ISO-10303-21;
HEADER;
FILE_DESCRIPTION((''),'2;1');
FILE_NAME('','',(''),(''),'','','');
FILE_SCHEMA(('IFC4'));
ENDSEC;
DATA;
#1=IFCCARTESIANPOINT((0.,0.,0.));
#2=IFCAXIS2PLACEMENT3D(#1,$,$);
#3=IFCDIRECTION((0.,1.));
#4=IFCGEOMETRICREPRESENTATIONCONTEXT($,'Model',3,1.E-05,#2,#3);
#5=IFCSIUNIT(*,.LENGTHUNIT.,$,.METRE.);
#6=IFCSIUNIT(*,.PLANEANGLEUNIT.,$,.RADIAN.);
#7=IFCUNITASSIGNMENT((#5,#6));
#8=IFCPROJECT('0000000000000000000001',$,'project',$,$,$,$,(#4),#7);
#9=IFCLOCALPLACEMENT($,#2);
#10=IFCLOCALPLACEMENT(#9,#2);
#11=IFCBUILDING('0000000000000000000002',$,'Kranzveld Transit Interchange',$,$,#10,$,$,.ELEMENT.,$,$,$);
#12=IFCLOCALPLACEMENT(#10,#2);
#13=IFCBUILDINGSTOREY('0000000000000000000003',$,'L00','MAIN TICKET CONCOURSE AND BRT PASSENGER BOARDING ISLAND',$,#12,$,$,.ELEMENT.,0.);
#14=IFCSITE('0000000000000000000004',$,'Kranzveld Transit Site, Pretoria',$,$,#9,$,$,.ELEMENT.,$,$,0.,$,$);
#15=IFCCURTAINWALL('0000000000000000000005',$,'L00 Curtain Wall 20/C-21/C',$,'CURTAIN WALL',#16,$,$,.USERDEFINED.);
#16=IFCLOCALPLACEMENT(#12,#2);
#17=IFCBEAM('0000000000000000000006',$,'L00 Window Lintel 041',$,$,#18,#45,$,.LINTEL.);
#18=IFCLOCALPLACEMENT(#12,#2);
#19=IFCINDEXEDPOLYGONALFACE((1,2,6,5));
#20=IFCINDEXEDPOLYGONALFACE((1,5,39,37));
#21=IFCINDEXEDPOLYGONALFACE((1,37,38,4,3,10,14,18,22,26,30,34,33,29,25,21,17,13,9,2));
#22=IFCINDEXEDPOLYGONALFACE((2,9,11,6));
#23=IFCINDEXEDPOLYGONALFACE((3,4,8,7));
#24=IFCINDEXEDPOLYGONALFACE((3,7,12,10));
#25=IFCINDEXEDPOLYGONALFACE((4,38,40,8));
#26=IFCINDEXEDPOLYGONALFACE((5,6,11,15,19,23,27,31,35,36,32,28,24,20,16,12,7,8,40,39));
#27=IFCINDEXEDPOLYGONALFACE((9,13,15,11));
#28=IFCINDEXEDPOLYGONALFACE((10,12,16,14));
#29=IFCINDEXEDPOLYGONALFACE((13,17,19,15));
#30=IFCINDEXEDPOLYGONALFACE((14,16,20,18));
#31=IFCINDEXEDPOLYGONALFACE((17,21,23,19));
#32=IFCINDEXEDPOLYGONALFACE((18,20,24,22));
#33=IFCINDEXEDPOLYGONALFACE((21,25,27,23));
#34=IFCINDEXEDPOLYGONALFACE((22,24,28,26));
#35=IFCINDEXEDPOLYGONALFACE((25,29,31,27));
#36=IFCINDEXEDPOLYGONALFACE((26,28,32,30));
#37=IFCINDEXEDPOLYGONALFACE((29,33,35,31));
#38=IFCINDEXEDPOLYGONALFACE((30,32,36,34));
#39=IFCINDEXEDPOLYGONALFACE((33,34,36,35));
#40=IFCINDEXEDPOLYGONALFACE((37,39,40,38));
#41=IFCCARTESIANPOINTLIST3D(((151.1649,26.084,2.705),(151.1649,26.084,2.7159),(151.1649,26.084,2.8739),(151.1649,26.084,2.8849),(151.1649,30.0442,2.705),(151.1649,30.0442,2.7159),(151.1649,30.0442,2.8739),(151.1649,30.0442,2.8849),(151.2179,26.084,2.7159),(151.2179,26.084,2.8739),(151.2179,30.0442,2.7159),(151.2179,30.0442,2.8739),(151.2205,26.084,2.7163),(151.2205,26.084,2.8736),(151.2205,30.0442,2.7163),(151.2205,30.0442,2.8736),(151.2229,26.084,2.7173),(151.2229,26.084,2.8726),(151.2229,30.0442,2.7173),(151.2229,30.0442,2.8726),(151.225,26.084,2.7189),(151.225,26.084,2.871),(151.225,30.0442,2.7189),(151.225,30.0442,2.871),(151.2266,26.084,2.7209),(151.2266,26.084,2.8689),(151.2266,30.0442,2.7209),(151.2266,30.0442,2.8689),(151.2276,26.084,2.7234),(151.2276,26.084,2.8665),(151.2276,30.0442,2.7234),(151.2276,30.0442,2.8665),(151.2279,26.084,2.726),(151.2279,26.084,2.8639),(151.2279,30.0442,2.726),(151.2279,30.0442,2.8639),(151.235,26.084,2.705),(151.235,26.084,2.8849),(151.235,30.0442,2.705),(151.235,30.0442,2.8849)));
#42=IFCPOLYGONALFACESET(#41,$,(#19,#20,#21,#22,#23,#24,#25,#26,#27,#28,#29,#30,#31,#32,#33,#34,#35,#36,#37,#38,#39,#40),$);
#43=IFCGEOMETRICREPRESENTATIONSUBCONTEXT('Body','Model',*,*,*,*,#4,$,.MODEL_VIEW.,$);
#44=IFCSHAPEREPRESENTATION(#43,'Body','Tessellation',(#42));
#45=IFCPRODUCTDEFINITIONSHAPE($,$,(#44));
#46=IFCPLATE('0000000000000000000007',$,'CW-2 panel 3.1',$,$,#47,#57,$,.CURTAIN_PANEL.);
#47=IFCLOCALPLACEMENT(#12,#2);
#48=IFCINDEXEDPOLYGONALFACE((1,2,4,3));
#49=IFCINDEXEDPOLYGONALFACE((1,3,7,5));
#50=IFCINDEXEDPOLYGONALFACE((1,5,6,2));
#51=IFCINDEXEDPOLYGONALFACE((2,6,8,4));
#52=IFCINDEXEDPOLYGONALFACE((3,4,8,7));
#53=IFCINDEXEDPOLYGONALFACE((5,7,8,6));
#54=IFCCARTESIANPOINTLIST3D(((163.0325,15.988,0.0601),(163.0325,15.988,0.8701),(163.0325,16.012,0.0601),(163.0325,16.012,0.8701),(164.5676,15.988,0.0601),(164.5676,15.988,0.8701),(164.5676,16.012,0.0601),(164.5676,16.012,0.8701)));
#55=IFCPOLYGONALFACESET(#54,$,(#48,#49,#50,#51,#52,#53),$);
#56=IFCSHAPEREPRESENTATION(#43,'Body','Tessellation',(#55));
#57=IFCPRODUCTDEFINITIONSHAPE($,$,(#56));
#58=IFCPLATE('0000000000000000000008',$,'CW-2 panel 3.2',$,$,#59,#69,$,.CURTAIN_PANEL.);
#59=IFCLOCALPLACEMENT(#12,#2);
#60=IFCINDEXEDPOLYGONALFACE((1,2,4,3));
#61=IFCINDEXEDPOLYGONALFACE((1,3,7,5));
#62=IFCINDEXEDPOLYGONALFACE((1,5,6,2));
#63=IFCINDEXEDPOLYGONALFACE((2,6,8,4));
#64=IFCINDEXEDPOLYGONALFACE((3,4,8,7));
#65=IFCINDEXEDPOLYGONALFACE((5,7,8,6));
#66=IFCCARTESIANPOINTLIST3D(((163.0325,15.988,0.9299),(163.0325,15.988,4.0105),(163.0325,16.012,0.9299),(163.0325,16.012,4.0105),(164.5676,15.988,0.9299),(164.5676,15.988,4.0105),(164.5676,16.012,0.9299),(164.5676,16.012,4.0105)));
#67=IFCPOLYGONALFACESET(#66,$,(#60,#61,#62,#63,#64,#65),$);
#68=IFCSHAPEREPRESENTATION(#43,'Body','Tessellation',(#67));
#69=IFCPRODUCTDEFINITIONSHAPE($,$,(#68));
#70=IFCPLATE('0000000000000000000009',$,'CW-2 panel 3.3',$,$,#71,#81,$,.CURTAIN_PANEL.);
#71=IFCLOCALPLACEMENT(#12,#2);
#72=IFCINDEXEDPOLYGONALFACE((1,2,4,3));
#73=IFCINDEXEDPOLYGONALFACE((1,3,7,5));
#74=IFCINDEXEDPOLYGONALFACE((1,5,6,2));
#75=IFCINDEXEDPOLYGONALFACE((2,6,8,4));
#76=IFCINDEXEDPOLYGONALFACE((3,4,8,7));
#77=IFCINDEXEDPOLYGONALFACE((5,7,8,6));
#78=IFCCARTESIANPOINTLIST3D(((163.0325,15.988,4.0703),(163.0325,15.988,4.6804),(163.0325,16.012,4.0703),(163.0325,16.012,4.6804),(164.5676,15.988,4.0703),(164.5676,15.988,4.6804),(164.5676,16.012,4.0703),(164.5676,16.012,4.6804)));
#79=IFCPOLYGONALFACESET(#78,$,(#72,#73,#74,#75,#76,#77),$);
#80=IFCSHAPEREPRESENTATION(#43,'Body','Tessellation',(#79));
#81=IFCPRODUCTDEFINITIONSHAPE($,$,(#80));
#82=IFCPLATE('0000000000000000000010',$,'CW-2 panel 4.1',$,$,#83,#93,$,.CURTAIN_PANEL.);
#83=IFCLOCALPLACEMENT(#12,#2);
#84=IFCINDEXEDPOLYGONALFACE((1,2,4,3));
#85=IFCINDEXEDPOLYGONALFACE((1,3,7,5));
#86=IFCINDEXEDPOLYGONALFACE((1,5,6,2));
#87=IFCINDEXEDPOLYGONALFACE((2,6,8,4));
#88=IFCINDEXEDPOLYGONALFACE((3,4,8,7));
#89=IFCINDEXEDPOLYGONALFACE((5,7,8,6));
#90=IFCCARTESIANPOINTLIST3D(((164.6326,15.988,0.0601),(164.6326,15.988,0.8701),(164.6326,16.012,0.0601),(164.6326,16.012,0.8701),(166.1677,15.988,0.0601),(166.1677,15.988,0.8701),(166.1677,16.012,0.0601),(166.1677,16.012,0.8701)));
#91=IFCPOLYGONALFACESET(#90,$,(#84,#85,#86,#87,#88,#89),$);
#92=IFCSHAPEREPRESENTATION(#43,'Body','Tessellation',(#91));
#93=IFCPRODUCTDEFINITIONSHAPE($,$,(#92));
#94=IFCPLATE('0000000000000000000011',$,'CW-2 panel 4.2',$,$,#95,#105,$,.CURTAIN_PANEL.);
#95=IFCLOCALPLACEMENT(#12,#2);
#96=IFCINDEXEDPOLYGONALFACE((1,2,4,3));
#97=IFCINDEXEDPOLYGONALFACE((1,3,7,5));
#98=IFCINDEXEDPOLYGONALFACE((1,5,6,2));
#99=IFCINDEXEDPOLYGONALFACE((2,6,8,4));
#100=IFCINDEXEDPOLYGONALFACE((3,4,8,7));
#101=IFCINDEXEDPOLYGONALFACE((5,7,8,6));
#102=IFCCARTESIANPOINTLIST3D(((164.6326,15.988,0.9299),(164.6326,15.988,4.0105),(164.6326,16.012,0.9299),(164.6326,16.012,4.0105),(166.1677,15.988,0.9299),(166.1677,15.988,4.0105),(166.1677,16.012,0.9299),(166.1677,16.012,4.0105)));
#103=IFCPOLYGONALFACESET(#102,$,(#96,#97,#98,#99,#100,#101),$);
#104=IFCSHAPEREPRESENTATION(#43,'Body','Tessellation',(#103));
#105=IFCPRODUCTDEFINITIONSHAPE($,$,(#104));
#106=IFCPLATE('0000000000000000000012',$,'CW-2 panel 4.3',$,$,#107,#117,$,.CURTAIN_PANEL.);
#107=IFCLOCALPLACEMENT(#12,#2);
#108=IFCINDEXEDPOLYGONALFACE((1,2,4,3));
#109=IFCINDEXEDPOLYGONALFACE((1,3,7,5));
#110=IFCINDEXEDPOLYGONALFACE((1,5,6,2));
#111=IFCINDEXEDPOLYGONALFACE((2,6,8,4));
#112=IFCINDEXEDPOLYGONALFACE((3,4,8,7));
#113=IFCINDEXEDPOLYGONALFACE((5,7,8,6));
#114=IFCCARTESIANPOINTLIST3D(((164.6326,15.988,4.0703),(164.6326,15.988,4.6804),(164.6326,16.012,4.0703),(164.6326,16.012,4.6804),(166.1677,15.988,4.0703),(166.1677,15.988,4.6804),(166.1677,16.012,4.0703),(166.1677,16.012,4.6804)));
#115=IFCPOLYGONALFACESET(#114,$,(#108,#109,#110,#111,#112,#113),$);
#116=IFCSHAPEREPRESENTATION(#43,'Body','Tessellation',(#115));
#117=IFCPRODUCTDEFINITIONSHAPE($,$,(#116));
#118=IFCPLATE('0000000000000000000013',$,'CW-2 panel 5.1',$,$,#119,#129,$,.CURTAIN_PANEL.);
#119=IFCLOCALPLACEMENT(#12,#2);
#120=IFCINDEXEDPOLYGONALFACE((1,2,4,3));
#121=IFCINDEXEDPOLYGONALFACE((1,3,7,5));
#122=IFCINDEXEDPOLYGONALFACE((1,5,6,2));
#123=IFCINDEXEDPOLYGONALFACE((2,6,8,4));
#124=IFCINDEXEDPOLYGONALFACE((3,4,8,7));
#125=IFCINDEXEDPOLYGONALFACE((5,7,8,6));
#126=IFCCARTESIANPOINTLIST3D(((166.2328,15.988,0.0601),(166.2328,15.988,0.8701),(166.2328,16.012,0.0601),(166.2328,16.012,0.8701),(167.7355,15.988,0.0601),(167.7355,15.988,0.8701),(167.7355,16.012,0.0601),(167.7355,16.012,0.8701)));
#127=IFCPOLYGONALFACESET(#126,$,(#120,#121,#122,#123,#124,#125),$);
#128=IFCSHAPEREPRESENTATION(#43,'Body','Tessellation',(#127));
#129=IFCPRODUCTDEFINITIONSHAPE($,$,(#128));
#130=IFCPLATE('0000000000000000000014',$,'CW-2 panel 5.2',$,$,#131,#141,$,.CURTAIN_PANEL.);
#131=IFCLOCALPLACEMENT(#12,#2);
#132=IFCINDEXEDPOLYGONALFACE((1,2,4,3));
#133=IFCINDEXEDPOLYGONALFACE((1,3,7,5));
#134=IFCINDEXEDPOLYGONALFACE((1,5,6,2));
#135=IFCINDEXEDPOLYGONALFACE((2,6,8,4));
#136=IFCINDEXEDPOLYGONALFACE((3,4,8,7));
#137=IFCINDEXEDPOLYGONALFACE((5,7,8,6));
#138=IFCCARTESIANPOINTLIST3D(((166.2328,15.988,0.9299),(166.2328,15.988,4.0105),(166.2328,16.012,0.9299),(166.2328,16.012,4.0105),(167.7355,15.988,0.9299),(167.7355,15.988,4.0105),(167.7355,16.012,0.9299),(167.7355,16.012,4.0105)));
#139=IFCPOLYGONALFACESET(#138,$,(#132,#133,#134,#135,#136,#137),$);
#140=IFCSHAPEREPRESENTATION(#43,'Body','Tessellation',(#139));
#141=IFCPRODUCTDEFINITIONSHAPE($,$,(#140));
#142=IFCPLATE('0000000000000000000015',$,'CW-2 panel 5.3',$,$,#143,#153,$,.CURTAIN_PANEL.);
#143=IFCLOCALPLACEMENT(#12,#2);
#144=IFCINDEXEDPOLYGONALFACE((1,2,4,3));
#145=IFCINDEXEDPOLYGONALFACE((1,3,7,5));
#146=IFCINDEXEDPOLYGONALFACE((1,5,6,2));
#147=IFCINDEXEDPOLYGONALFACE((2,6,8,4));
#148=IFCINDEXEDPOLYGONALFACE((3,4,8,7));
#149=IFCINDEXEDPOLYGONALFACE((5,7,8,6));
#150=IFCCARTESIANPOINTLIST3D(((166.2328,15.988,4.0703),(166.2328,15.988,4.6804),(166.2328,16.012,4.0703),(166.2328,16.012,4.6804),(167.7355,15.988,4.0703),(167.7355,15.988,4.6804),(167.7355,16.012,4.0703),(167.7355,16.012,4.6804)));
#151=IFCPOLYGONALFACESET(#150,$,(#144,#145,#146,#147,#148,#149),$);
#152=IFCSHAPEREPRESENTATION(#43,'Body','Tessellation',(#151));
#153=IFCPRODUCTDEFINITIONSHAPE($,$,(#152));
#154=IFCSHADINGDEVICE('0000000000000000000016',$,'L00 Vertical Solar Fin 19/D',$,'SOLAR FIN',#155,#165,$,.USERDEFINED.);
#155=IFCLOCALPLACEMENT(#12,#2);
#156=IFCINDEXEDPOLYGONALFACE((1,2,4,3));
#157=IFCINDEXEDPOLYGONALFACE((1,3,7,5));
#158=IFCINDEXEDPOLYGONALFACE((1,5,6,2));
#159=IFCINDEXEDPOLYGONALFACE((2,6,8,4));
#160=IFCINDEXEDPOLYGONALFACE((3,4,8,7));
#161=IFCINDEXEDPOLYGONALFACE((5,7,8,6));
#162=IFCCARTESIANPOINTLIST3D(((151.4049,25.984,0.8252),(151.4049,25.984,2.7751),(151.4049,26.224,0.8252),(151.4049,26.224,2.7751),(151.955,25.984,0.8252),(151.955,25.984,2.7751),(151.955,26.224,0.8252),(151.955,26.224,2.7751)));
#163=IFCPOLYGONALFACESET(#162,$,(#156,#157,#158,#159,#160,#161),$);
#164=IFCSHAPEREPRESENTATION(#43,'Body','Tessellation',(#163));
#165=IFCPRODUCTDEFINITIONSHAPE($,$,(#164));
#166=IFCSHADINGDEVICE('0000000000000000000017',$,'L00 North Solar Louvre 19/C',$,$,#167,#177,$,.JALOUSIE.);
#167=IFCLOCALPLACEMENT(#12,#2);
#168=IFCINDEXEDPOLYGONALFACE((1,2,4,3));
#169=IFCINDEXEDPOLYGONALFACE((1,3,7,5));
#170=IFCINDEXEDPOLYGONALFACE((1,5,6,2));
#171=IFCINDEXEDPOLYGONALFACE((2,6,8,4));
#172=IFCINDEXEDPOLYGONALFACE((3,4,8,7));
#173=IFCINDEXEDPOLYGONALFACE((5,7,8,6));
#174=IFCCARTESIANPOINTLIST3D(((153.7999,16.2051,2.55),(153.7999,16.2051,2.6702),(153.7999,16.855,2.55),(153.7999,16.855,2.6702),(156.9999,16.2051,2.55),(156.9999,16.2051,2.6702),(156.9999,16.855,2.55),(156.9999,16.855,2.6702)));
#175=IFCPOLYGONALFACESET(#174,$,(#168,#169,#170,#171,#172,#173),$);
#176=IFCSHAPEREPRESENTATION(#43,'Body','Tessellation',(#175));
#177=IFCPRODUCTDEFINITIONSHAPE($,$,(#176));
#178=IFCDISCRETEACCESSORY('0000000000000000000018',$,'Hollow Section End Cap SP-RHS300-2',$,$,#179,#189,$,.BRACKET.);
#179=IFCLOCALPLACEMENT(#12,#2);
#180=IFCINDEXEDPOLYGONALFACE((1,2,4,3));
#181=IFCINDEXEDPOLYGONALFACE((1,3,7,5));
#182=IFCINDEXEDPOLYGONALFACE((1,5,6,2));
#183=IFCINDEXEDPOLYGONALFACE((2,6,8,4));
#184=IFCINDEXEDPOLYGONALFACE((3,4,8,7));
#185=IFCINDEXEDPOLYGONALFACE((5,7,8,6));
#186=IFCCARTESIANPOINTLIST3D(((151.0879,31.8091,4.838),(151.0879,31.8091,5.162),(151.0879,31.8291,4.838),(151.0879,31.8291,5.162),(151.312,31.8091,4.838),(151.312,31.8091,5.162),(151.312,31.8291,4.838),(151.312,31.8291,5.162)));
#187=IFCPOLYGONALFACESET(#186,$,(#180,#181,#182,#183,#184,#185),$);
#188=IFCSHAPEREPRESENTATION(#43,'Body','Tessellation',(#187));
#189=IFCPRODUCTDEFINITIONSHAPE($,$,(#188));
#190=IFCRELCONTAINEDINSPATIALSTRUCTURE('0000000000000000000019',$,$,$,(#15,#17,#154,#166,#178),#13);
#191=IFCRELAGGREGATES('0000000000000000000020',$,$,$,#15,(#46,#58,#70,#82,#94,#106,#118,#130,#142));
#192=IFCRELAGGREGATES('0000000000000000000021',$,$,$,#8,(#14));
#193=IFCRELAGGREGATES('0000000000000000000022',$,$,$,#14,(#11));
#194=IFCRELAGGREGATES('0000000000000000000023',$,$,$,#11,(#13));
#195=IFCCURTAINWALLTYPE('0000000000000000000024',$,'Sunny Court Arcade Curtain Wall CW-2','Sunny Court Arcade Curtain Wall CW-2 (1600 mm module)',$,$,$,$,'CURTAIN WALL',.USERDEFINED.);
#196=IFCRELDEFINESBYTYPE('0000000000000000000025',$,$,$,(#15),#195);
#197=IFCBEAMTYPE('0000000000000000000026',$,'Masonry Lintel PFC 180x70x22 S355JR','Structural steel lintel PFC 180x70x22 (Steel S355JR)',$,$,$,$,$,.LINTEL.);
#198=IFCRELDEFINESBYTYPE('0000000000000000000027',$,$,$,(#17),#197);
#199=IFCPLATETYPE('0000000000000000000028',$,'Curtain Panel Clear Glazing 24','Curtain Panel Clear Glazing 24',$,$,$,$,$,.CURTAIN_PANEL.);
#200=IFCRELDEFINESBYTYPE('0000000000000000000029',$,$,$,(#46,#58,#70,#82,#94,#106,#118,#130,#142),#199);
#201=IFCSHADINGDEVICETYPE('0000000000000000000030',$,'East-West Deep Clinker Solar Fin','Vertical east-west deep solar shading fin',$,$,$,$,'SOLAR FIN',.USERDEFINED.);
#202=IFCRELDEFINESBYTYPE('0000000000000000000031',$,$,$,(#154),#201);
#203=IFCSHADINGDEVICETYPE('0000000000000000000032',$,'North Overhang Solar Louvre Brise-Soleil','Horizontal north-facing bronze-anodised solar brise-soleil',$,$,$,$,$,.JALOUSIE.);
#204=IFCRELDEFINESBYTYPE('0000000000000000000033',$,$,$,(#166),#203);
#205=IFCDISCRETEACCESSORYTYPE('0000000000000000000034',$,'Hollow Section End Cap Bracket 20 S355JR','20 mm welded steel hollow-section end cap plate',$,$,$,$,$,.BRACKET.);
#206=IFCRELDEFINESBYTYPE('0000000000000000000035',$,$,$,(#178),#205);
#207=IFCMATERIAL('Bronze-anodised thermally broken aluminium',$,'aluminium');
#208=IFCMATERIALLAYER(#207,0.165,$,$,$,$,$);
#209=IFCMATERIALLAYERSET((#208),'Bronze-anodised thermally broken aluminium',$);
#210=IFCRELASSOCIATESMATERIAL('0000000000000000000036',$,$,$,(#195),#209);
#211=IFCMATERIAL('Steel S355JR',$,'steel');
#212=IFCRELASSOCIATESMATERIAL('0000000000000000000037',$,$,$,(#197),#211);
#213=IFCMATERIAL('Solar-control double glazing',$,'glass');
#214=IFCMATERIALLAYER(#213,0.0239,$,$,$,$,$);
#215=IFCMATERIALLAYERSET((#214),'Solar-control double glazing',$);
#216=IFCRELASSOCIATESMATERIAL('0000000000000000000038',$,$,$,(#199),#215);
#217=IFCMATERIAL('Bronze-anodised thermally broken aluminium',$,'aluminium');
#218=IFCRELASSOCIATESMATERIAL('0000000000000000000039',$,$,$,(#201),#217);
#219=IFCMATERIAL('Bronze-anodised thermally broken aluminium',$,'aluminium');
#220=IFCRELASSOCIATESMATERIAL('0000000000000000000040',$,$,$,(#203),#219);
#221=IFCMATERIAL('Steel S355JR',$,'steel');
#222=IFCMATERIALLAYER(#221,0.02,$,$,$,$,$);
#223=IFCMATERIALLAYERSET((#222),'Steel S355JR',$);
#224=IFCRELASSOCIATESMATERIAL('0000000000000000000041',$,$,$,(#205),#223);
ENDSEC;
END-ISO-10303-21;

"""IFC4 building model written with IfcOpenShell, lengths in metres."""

from ifc_helpers import new_model, si_unit, direction, frame, origin, origin_2d, place, context, subcontext, project, spatial, rectangle, u_section, extrude, material, layer, layer_set, material_profile, profile_set, type_object, element, aggregate, save


model = new_model("IFC4")

# Units and contexts
model_context = context("Model", 3, precision=1e-05, world=origin(), true_north=direction((0.0, 1.0)))
body_context = subcontext(model_context, "Body", "Model", "MODEL_VIEW")
ifc_project = project(units=[si_unit("LENGTHUNIT", "METRE"), si_unit("PLANEANGLEUNIT", "RADIAN")], contexts=[model_context])

# Site, building, storey
site_placement = place(None, origin())
site = spatial("IfcSite", under=ifc_project, at=site_placement, Name="Kranzveld Transit Site, Pretoria", CompositionType="ELEMENT", RefElevation=0.0)
building_placement = place(site_placement, origin())
building = spatial("IfcBuilding", under=site, at=building_placement, Name="Kranzveld Transit Interchange", CompositionType="ELEMENT")
storey_placement = place(building_placement, origin())
storey = spatial("IfcBuildingStorey", under=building, at=storey_placement, Name="L00", Description="MAIN TICKET CONCOURSE AND BRT PASSENGER BOARDING ISLAND", CompositionType="ELEMENT", Elevation=0.0)

# Curtain wall
ifc_material_1 = material(Name="Bronze-anodised thermally broken aluminium", Category="aluminium")
ifc_layer_1 = layer(ifc_material_1, 0.165)
ifc_layer_set_1 = layer_set([ifc_layer_1], Name="Bronze-anodised thermally broken aluminium")
curtain_wall_type = type_object("IfcCurtainWallType", Name="Sunny Court Arcade Curtain Wall CW-2", Description="Sunny Court Arcade Curtain Wall CW-2 (1600 mm module)", ElementType="CURTAIN WALL", PredefinedType="USERDEFINED", material=ifc_layer_set_1)
curtain_wall_placement = place(storey_placement, origin())
curtain_wall = element("IfcCurtainWall", 1, at=curtain_wall_placement, inside=storey, type_object=curtain_wall_type, Name="L00 Curtain Wall 20/C-21/C", ObjectType="CURTAIN WALL", PredefinedType="USERDEFINED")

# Beam
ifc_material_2 = material(Name="Steel S355JR", Category="steel")
ifc_material_profile_1 = material_profile(ifc_material_2, u_section(Depth=0.1799, FlangeWidth=0.0701, WebThickness=0.0071, FlangeThickness=0.011, FilletRadius=0.01, at=origin_2d()), Name="PFC 180x70x22")
ifc_profile_set_1 = profile_set([ifc_material_profile_1], Name="Steel S355JR")
beam_type_1 = type_object("IfcBeamType", Name="Masonry Lintel PFC 180x70x22 S355JR", Description="Structural steel lintel PFC 180x70x22 (Steel S355JR)", PredefinedType="LINTEL", material=ifc_profile_set_1)
beam_1_placement = place(storey_placement, frame((151.2, 26.084, 2.7949), z_axis=(0.0, 1.0, 0.0), x_axis=(-1.0, 0.0, 0.0)))
element("IfcBeam", 2, at=beam_1_placement, inside=storey, type_object=beam_type_1, Name="L00 Window Lintel 041", PredefinedType="LINTEL", context=body_context, shape_type="SweptSolid", body=[
    extrude(u_section(Depth=0.1799, FlangeWidth=0.0701, WebThickness=0.0071, FlangeThickness=0.011, FilletRadius=0.01, at=origin_2d()), origin(), (0.0, 0.0, 1.0), 3.9602),
])

# Plates
ifc_material_3 = material(Name="Solar-control double glazing", Category="glass")
ifc_layer_2 = layer(ifc_material_3, 0.0239)
ifc_layer_set_2 = layer_set([ifc_layer_2], Name="Solar-control double glazing")
plate_type = type_object("IfcPlateType", Name="Curtain Panel Clear Glazing 24", Description="Curtain Panel Clear Glazing 24", PredefinedType="CURTAIN_PANEL", material=ifc_layer_set_2)
plate_1_placement = place(storey_placement, frame((163.8, 16.0, 0.0601), z_axis=(0.0, 0.0, 1.0), x_axis=(1.0, 0.0, 0.0)))
plate_1 = element("IfcPlate", 3, at=plate_1_placement, type_object=plate_type, Name="CW-2 panel 3.1", PredefinedType="CURTAIN_PANEL", context=body_context, shape_type="SweptSolid", body=[
    extrude(rectangle(XDim=1.5352, YDim=0.0239, at=origin_2d()), origin(), (0.0, 0.0, 1.0), 0.8101),
])
plate_2_placement = place(storey_placement, frame((163.8, 16.0, 0.9299), z_axis=(0.0, 0.0, 1.0), x_axis=(1.0, 0.0, 0.0)))
plate_2 = element("IfcPlate", 4, at=plate_2_placement, type_object=plate_type, Name="CW-2 panel 3.2", PredefinedType="CURTAIN_PANEL", context=body_context, shape_type="SweptSolid", body=[
    extrude(rectangle(XDim=1.5352, YDim=0.0239, at=origin_2d()), origin(), (0.0, 0.0, 1.0), 3.0806),
])
plate_3_placement = place(storey_placement, frame((163.8, 16.0, 4.0703), z_axis=(0.0, 0.0, 1.0), x_axis=(1.0, 0.0, 0.0)))
plate_3 = element("IfcPlate", 5, at=plate_3_placement, type_object=plate_type, Name="CW-2 panel 3.3", PredefinedType="CURTAIN_PANEL", context=body_context, shape_type="SweptSolid", body=[
    extrude(rectangle(XDim=1.5352, YDim=0.0239, at=origin_2d()), origin(), (0.0, 0.0, 1.0), 0.6101),
])
plate_4_placement = place(storey_placement, frame((165.4001, 16.0, 0.0601), z_axis=(0.0, 0.0, 1.0), x_axis=(1.0, 0.0, 0.0)))
plate_4 = element("IfcPlate", 6, at=plate_4_placement, type_object=plate_type, Name="CW-2 panel 4.1", PredefinedType="CURTAIN_PANEL", context=body_context, shape_type="SweptSolid", body=[
    extrude(rectangle(XDim=1.5352, YDim=0.0239, at=origin_2d()), origin(), (0.0, 0.0, 1.0), 0.8101),
])
plate_5_placement = place(storey_placement, frame((165.4001, 16.0, 0.9299), z_axis=(0.0, 0.0, 1.0), x_axis=(1.0, 0.0, 0.0)))
plate_5 = element("IfcPlate", 7, at=plate_5_placement, type_object=plate_type, Name="CW-2 panel 4.2", PredefinedType="CURTAIN_PANEL", context=body_context, shape_type="SweptSolid", body=[
    extrude(rectangle(XDim=1.5352, YDim=0.0239, at=origin_2d()), origin(), (0.0, 0.0, 1.0), 3.0806),
])
plate_6_placement = place(storey_placement, frame((165.4001, 16.0, 4.0703), z_axis=(0.0, 0.0, 1.0), x_axis=(1.0, 0.0, 0.0)))
plate_6 = element("IfcPlate", 8, at=plate_6_placement, type_object=plate_type, Name="CW-2 panel 4.3", PredefinedType="CURTAIN_PANEL", context=body_context, shape_type="SweptSolid", body=[
    extrude(rectangle(XDim=1.5352, YDim=0.0239, at=origin_2d()), origin(), (0.0, 0.0, 1.0), 0.6101),
])
plate_7_placement = place(storey_placement, frame((166.9841, 16.0, 0.0601), z_axis=(0.0, 0.0, 1.0), x_axis=(1.0, 0.0, 0.0)))
plate_7 = element("IfcPlate", 9, at=plate_7_placement, type_object=plate_type, Name="CW-2 panel 5.1", PredefinedType="CURTAIN_PANEL", context=body_context, shape_type="SweptSolid", body=[
    extrude(rectangle(XDim=1.5027, YDim=0.0239, at=origin_2d()), origin(), (0.0, 0.0, 1.0), 0.8101),
])
plate_8_placement = place(storey_placement, frame((166.9841, 16.0, 0.9299), z_axis=(0.0, 0.0, 1.0), x_axis=(1.0, 0.0, 0.0)))
plate_8 = element("IfcPlate", 10, at=plate_8_placement, type_object=plate_type, Name="CW-2 panel 5.2", PredefinedType="CURTAIN_PANEL", context=body_context, shape_type="SweptSolid", body=[
    extrude(rectangle(XDim=1.5027, YDim=0.0239, at=origin_2d()), origin(), (0.0, 0.0, 1.0), 3.0806),
])
plate_9_placement = place(storey_placement, frame((166.9841, 16.0, 4.0703), z_axis=(0.0, 0.0, 1.0), x_axis=(1.0, 0.0, 0.0)))
plate_9 = element("IfcPlate", 11, at=plate_9_placement, type_object=plate_type, Name="CW-2 panel 5.3", PredefinedType="CURTAIN_PANEL", context=body_context, shape_type="SweptSolid", body=[
    extrude(rectangle(XDim=1.5027, YDim=0.0239, at=origin_2d()), origin(), (0.0, 0.0, 1.0), 0.6101),
])
aggregate(curtain_wall, [plate_1, plate_2, plate_3, plate_4, plate_5, plate_6, plate_7, plate_8, plate_9])

# Shading devices
ifc_material_4 = material(Name="Bronze-anodised thermally broken aluminium", Category="aluminium")
shading_device_type_1 = type_object("IfcShadingDeviceType", Name="East-West Deep Clinker Solar Fin", Description="Vertical east-west deep solar shading fin", ElementType="SOLAR FIN", PredefinedType="USERDEFINED", material=ifc_material_4)
shading_device_1_placement = place(storey_placement, frame((151.6799, 26.104, 0.8252), z_axis=(0.0, 0.0, 1.0), x_axis=(0.0, 1.0, 0.0)))
element("IfcShadingDevice", 12, at=shading_device_1_placement, inside=storey, type_object=shading_device_type_1, Name="L00 Vertical Solar Fin 19/D", ObjectType="SOLAR FIN", PredefinedType="USERDEFINED", context=body_context, shape_type="SweptSolid", body=[
    extrude(rectangle(XDim=0.24, YDim=0.55, at=origin_2d()), origin(), (0.0, 0.0, 1.0), 1.95),
])
ifc_material_5 = material(Name="Bronze-anodised thermally broken aluminium", Category="aluminium")
shading_device_type_2 = type_object("IfcShadingDeviceType", Name="North Overhang Solar Louvre Brise-Soleil", Description="Horizontal north-facing bronze-anodised solar brise-soleil", PredefinedType="JALOUSIE", material=ifc_material_5)
shading_device_2_placement = place(storey_placement, frame((155.3999, 16.53, 2.55), z_axis=(0.0, 0.0, 1.0), x_axis=(1.0, 0.0, 0.0)))
element("IfcShadingDevice", 13, at=shading_device_2_placement, inside=storey, type_object=shading_device_type_2, Name="L00 North Solar Louvre 19/C", PredefinedType="JALOUSIE", context=body_context, shape_type="SweptSolid", body=[
    extrude(rectangle(XDim=3.2, YDim=0.6499, at=origin_2d()), origin(), (0.0, 0.0, 1.0), 0.1201),
])

# Discrete accessory
ifc_material_6 = material(Name="Steel S355JR", Category="steel")
ifc_layer_3 = layer(ifc_material_6, 0.02)
ifc_layer_set_3 = layer_set([ifc_layer_3], Name="Steel S355JR")
discrete_accessory_type = type_object("IfcDiscreteAccessoryType", Name="Hollow Section End Cap Bracket 20 S355JR", Description="20 mm welded steel hollow-section end cap plate", PredefinedType="BRACKET", material=ifc_layer_set_3)
for number, where, z_axis, x_axis, name in (
    (14, (151.2, 31.8091, 5.0), (0.0, 1.0, 0.0), (-1.0, 0.0, 0.0), "Hollow Section End Cap SP-RHS300-2"),
):
    element("IfcDiscreteAccessory", number, at=place(storey_placement, frame(where, z_axis=z_axis, x_axis=x_axis)), inside=storey, type_object=discrete_accessory_type, Name=name, PredefinedType="BRACKET", context=body_context, shape_type="SweptSolid", body=[
        extrude(rectangle(XDim=0.2241, YDim=0.324, at=origin_2d()), origin(), (0.0, 0.0, 1.0), 0.02),
    ])

save(model, "model.ifc")
